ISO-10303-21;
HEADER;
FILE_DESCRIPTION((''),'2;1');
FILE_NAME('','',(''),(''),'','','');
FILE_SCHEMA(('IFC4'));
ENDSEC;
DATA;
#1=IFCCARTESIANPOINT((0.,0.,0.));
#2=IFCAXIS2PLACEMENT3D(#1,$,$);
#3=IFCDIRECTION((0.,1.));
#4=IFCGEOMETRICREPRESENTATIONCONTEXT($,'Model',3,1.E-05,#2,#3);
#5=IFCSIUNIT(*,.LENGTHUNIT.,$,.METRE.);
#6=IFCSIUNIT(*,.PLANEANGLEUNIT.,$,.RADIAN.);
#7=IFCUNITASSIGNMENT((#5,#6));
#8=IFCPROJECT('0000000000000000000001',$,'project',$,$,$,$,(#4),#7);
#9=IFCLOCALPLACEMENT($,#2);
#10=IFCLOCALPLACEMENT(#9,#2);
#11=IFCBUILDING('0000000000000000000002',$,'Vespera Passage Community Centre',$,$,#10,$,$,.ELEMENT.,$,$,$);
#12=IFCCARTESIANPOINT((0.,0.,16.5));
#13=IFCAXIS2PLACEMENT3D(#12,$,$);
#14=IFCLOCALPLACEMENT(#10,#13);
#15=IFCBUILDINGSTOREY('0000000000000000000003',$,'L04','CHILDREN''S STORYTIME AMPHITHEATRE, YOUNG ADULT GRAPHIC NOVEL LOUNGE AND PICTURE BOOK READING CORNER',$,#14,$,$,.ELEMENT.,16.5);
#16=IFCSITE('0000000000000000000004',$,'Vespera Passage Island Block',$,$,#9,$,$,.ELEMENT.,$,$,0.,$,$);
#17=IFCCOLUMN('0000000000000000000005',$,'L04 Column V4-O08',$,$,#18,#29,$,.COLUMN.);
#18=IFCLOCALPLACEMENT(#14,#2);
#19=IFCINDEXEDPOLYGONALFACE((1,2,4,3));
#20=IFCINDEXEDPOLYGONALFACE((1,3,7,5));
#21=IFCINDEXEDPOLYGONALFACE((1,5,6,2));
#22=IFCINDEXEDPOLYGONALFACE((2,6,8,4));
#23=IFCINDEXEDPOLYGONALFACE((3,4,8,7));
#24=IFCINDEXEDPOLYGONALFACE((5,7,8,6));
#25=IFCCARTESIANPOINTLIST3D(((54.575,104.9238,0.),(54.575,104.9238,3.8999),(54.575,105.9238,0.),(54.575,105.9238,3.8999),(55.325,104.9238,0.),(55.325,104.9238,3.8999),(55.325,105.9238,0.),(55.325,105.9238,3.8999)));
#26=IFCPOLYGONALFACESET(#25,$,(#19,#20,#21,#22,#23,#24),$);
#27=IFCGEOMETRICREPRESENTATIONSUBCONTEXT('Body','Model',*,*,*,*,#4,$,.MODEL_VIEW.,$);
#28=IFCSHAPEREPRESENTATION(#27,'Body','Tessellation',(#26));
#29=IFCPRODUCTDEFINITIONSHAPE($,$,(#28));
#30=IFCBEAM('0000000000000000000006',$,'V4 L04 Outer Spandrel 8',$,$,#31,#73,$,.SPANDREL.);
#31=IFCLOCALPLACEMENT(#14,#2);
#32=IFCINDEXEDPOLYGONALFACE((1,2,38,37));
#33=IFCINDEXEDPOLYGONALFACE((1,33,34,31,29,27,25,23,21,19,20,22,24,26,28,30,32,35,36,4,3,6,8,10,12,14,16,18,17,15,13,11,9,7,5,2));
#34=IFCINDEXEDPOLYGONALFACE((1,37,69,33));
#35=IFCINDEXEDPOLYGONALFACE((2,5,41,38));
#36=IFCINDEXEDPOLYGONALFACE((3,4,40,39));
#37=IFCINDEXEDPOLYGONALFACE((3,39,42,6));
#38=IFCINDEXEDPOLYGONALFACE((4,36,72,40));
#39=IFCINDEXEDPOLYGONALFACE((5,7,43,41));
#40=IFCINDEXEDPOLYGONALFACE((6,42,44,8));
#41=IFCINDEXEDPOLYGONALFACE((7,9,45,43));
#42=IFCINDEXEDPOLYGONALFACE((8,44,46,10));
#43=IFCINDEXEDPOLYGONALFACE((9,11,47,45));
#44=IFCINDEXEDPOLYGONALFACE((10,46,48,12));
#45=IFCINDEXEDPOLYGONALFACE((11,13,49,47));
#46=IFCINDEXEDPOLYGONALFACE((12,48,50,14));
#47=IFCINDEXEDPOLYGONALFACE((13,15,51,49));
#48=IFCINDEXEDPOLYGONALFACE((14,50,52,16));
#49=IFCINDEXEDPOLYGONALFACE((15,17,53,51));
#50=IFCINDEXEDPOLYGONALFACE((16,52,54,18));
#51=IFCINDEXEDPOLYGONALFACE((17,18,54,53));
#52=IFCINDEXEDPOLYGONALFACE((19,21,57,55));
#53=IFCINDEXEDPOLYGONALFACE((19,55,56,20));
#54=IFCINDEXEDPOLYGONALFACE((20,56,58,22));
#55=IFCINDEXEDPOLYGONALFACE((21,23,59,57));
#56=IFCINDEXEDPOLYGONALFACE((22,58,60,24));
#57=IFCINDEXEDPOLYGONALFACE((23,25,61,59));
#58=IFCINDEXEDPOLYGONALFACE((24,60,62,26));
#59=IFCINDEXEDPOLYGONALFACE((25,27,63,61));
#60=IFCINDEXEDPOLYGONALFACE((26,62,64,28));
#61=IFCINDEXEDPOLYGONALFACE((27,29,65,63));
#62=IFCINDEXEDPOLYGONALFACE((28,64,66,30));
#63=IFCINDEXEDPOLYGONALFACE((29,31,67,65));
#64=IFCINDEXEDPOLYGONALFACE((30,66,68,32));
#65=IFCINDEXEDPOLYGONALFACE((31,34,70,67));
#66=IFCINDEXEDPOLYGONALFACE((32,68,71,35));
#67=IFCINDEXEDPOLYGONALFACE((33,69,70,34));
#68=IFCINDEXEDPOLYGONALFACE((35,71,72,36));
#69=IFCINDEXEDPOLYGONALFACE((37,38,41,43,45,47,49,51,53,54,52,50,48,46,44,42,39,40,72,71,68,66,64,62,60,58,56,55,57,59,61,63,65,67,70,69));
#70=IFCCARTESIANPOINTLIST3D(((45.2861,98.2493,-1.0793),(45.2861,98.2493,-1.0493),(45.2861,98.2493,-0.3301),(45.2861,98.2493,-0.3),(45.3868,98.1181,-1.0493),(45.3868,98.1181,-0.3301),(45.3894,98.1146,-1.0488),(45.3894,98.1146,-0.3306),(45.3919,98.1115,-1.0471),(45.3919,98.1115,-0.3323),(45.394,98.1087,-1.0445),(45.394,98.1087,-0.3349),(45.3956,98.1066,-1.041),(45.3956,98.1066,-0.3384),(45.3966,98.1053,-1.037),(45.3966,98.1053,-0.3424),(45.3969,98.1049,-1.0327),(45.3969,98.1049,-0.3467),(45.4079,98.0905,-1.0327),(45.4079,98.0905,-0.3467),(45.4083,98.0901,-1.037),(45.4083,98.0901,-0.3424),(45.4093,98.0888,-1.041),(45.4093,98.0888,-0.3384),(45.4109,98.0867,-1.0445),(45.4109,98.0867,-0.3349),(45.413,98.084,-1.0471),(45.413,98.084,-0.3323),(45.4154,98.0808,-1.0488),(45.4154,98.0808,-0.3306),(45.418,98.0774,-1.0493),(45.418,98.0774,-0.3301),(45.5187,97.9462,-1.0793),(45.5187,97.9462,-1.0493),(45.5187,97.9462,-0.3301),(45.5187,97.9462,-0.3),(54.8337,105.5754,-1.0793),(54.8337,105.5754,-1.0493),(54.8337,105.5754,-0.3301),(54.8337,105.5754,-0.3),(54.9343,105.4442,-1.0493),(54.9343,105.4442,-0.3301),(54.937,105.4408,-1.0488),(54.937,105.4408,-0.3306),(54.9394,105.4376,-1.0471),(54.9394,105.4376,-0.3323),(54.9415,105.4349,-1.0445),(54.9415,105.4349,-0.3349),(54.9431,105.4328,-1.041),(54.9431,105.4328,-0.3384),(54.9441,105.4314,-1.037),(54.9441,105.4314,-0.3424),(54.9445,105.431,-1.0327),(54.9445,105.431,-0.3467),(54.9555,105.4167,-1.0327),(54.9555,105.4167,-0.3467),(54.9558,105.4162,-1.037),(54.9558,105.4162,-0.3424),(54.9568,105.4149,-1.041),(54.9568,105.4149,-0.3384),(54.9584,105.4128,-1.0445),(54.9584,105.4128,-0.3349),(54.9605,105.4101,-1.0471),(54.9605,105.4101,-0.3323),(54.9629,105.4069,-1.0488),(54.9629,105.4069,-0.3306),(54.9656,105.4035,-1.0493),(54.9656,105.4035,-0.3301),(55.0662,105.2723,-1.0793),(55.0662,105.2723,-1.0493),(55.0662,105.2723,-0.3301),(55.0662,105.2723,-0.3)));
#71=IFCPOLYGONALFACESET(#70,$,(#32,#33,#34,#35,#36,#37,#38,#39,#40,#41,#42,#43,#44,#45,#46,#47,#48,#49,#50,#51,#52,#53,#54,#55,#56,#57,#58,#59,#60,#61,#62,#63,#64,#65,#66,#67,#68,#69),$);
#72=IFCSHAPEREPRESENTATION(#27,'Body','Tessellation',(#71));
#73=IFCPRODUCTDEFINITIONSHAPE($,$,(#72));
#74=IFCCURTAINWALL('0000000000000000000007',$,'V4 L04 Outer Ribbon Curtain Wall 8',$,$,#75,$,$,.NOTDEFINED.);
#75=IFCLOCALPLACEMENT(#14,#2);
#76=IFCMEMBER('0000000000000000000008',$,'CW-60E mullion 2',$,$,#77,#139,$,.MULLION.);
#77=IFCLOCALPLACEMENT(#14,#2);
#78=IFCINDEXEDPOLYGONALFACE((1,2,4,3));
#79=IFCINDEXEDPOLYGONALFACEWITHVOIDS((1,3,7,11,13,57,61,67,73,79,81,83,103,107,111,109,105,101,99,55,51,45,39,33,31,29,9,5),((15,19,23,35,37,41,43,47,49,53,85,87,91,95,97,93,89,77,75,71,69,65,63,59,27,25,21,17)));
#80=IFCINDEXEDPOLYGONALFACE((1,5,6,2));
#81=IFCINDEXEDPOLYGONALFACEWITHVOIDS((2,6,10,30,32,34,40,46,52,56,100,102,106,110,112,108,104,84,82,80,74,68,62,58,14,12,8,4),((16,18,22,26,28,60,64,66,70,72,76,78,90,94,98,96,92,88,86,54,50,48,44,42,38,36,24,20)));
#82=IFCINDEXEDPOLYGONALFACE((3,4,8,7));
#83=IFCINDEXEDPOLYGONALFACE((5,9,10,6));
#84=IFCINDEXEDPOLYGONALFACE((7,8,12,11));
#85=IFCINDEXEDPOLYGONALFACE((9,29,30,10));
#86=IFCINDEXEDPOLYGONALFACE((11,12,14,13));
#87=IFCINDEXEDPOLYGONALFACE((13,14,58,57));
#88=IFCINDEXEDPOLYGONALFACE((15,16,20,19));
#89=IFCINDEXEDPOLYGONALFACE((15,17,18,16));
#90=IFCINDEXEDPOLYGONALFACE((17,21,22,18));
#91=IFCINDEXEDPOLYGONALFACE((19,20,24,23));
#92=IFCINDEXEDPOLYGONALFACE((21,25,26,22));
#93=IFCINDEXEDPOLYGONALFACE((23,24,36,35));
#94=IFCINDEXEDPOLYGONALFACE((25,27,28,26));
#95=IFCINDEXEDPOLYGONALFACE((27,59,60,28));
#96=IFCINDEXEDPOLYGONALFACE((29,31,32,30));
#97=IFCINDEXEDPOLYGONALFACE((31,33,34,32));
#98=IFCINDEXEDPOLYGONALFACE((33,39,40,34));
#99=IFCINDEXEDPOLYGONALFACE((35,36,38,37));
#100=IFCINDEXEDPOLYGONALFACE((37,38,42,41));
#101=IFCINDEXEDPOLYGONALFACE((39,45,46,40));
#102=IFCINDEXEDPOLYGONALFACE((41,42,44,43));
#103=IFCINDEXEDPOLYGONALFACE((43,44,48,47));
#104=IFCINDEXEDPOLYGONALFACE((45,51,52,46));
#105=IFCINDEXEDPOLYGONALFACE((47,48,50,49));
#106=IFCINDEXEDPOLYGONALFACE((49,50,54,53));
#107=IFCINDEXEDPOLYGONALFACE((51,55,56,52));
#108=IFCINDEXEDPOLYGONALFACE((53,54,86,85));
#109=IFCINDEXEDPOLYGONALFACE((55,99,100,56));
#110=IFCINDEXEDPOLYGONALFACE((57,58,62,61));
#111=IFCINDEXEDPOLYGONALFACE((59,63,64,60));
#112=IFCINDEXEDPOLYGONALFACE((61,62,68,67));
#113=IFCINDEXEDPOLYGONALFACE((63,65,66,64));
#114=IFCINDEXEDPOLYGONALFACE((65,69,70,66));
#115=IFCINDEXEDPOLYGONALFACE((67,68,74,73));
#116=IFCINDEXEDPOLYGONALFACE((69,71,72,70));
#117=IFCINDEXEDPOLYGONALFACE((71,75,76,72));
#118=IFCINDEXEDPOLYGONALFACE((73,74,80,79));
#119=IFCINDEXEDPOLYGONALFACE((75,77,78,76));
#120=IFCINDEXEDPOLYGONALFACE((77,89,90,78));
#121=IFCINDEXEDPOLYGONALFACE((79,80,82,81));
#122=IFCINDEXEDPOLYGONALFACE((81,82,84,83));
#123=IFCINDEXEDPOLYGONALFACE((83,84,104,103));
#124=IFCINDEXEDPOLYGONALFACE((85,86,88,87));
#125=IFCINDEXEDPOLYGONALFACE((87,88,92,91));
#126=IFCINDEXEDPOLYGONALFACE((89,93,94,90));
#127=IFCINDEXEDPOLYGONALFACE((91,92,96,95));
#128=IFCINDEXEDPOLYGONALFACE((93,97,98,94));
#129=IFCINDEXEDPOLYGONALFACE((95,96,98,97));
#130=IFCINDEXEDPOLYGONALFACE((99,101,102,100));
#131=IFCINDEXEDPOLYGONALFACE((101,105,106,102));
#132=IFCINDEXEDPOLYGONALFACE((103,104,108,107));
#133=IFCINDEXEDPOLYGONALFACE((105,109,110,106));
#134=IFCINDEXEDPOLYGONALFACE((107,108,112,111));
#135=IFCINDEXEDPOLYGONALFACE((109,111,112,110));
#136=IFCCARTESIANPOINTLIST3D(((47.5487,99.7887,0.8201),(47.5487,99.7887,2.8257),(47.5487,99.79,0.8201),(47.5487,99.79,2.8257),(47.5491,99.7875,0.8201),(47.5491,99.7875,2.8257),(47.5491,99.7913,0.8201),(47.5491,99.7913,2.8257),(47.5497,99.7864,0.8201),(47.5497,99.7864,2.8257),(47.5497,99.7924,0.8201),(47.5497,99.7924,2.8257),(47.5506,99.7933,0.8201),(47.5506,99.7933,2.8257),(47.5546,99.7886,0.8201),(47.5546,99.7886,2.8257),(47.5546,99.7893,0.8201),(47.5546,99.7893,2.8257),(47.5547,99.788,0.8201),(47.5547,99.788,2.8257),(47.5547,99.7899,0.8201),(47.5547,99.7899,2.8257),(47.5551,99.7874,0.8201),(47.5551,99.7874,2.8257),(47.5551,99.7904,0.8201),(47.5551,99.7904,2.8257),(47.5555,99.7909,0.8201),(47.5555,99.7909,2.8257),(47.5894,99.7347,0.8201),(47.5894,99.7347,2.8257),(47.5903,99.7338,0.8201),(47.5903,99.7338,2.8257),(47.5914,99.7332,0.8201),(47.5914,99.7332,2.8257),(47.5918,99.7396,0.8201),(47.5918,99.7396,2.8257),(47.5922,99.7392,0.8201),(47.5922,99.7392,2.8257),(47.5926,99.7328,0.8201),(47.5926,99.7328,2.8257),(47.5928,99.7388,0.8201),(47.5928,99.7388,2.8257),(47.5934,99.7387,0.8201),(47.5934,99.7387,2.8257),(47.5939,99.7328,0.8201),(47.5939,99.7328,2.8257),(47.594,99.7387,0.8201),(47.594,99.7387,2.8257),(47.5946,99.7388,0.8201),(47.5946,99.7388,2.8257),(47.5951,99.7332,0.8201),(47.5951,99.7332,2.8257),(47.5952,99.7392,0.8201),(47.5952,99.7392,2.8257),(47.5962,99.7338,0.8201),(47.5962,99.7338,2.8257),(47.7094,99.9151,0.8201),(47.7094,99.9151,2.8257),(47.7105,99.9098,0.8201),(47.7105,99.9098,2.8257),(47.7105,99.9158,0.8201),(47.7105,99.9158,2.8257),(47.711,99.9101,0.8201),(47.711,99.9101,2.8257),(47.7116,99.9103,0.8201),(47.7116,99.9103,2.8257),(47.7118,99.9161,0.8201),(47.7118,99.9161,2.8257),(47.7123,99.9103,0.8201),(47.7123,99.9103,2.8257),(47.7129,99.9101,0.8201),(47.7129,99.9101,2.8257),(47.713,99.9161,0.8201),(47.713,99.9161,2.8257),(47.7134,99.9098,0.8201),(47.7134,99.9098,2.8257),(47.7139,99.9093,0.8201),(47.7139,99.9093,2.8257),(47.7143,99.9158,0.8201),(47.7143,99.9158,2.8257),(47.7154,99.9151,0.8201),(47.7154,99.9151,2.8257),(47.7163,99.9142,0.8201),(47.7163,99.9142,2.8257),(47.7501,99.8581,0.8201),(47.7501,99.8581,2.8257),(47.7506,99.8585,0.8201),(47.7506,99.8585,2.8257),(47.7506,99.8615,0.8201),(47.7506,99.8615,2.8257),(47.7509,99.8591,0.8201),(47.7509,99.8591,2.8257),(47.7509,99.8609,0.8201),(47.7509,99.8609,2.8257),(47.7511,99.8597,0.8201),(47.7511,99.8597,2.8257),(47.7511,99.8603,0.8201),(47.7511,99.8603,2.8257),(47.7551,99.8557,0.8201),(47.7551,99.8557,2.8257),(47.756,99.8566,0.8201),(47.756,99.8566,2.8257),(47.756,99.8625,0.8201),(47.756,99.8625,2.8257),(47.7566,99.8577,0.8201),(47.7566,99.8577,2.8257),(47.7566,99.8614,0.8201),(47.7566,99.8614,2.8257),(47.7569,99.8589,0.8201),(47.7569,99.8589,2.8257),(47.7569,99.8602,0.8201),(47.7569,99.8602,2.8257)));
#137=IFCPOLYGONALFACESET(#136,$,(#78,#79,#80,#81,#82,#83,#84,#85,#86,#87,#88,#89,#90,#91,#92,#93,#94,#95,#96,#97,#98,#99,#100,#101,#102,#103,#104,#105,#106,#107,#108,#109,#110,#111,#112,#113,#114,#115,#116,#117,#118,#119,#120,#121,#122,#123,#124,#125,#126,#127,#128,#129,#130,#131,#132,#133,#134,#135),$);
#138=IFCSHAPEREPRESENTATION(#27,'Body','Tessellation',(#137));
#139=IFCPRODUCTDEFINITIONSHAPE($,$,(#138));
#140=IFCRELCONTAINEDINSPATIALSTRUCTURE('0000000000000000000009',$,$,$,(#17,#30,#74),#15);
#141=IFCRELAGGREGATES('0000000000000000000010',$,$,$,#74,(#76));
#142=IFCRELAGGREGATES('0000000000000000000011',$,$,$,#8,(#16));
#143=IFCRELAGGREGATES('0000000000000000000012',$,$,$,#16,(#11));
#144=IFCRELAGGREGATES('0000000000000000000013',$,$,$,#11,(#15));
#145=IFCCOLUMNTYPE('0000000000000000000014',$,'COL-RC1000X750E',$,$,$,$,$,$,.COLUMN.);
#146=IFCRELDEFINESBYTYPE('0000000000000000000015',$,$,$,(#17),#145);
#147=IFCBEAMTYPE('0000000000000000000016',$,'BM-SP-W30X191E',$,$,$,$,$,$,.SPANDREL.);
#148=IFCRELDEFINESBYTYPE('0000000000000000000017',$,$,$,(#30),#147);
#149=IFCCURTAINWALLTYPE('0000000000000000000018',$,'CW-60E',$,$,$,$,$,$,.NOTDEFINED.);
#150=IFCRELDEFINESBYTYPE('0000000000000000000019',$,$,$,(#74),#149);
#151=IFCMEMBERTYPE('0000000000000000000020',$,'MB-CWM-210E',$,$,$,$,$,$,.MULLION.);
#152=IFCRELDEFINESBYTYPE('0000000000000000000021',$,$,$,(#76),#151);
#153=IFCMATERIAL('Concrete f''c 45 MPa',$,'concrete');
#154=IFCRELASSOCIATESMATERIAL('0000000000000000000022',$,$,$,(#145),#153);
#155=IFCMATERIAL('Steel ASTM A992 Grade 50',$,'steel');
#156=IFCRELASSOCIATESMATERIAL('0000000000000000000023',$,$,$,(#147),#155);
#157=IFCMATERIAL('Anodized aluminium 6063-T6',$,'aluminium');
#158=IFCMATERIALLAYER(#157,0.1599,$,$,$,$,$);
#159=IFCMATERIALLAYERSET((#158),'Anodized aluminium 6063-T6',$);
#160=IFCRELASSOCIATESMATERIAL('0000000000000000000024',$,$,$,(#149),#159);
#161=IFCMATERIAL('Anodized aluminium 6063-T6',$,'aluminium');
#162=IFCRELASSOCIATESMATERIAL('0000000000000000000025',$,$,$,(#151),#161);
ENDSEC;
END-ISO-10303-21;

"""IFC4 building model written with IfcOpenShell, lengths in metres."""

from ifc_helpers import new_model, si_unit, direction, frame, origin, origin_2d, place, context, subcontext, project, spatial, rectangle, hollow_rectangle, i_section, extrude, material, layer, layer_set, material_profile, profile_set, type_object, element, aggregate, save


model = new_model("IFC4")

# Units and contexts
model_context = context("Model", 3, precision=1e-05, world=origin(), true_north=direction((0.0, 1.0)))
body_context = subcontext(model_context, "Body", "Model", "MODEL_VIEW")
ifc_project = project(units=[si_unit("LENGTHUNIT", "METRE"), si_unit("PLANEANGLEUNIT", "RADIAN")], contexts=[model_context])

# Site, building, storey
site_placement = place(None, origin())
site = spatial("IfcSite", under=ifc_project, at=site_placement, Name="Vespera Passage Island Block", CompositionType="ELEMENT", RefElevation=0.0)
building_placement = place(site_placement, origin())
building = spatial("IfcBuilding", under=site, at=building_placement, Name="Vespera Passage Community Centre", CompositionType="ELEMENT")
storey_placement = place(building_placement, frame((0.0, 0.0, 16.5)))
storey = spatial("IfcBuildingStorey", under=building, at=storey_placement, Name="L04", Description="CHILDREN'S STORYTIME AMPHITHEATRE, YOUNG ADULT GRAPHIC NOVEL LOUNGE AND PICTURE BOOK READING CORNER", CompositionType="ELEMENT", Elevation=16.5)

# Column
ifc_material_1 = material(Name="Concrete f'c 45 MPa", Category="concrete")
ifc_material_profile_1 = material_profile(ifc_material_1, rectangle(XDim=0.75, YDim=1.0, at=origin_2d()), Name="RC1000X750")
ifc_profile_set_1 = profile_set([ifc_material_profile_1], Name="Concrete f'c 45 MPa")
column_type = type_object("IfcColumnType", Name="COL-RC1000X750E", PredefinedType="COLUMN", material=ifc_profile_set_1)
column_placement = place(storey_placement, frame((54.95, 105.4238, 0.0), z_axis=(0.0, 0.0, 1.0), x_axis=(1.0, 0.0, 0.0)))
element("IfcColumn", 1, at=column_placement, inside=storey, type_object=column_type, Name="L04 Column V4-O08", PredefinedType="COLUMN", context=body_context, shape_type="SweptSolid", body=[
    extrude(rectangle(XDim=0.75, YDim=1.0, at=origin_2d()), origin(), (0.0, 0.0, 1.0), 3.8999),
])

# Beam
ifc_material_2 = material(Name="Steel ASTM A992 Grade 50", Category="steel")
ifc_material_profile_2 = material_profile(ifc_material_2, i_section(OverallWidth=0.3821, OverallDepth=0.7793, WebThickness=0.0181, FlangeThickness=0.03, FilletRadius=0.0166, at=origin_2d()), Name="W30X191")
ifc_profile_set_2 = profile_set([ifc_material_profile_2], Name="Steel ASTM A992 Grade 50")
beam_type = type_object("IfcBeamType", Name="BM-SP-W30X191E", PredefinedType="SPANDREL", material=ifc_profile_set_2)
beam_placement = place(storey_placement, frame((54.95, 105.4238, -0.6897), z_axis=(-0.793352, -0.608763, 0.0), x_axis=(0.608763, -0.793352, 0.0)))
element("IfcBeam", 2, at=beam_placement, inside=storey, type_object=beam_type, Name="V4 L04 Outer Spandrel 8", PredefinedType="SPANDREL", context=body_context, shape_type="SweptSolid", body=[
    extrude(i_section(OverallWidth=0.3821, OverallDepth=0.7793, WebThickness=0.0181, FlangeThickness=0.03, FilletRadius=0.0166, at=origin_2d()), origin(), (0.0, 0.0, 1.0), 12.0344),
])

# Curtain wall, member
ifc_material_3 = material(Name="Anodized aluminium 6063-T6", Category="aluminium")
ifc_layer_1 = layer(ifc_material_3, 0.1599)
ifc_layer_set_1 = layer_set([ifc_layer_1], Name="Anodized aluminium 6063-T6")
curtain_wall_type = type_object("IfcCurtainWallType", Name="CW-60E", PredefinedType="NOTDEFINED", material=ifc_layer_set_1)
curtain_wall_placement = place(storey_placement, origin())
curtain_wall = element("IfcCurtainWall", 3, at=curtain_wall_placement, inside=storey, type_object=curtain_wall_type, Name="V4 L04 Outer Ribbon Curtain Wall 8", PredefinedType="NOTDEFINED")
ifc_material_4 = material(Name="Anodized aluminium 6063-T6", Category="aluminium")
ifc_material_profile_3 = material_profile(ifc_material_4, hollow_rectangle(XDim=0.075, YDim=0.21, WallThickness=0.0049, InnerFilletRadius=0.0024, OuterFilletRadius=0.0049, at=origin_2d()), Name="ALU210X75X5")
ifc_profile_set_3 = profile_set([ifc_material_profile_3], Name="Anodized aluminium 6063-T6")
member_type_1 = type_object("IfcMemberType", Name="MB-CWM-210E", PredefinedType="MULLION", material=ifc_profile_set_3)
member_1_placement = place(storey_placement, frame((47.6528, 99.8245, 0.8201), z_axis=(0.0, 0.0, 1.0), x_axis=(-0.608768, 0.793348, 0.0)))
member_1 = element("IfcMember", 4, at=member_1_placement, type_object=member_type_1, Name="CW-60E mullion 2", PredefinedType="MULLION", context=body_context, shape_type="SweptSolid", body=[
    extrude(hollow_rectangle(XDim=0.075, YDim=0.21, WallThickness=0.0049, InnerFilletRadius=0.0024, OuterFilletRadius=0.0049, at=origin_2d()), origin(), (0.0, 0.0, 1.0), 2.0056),
])
aggregate(curtain_wall, [member_1])

save(model, "model.ifc")
